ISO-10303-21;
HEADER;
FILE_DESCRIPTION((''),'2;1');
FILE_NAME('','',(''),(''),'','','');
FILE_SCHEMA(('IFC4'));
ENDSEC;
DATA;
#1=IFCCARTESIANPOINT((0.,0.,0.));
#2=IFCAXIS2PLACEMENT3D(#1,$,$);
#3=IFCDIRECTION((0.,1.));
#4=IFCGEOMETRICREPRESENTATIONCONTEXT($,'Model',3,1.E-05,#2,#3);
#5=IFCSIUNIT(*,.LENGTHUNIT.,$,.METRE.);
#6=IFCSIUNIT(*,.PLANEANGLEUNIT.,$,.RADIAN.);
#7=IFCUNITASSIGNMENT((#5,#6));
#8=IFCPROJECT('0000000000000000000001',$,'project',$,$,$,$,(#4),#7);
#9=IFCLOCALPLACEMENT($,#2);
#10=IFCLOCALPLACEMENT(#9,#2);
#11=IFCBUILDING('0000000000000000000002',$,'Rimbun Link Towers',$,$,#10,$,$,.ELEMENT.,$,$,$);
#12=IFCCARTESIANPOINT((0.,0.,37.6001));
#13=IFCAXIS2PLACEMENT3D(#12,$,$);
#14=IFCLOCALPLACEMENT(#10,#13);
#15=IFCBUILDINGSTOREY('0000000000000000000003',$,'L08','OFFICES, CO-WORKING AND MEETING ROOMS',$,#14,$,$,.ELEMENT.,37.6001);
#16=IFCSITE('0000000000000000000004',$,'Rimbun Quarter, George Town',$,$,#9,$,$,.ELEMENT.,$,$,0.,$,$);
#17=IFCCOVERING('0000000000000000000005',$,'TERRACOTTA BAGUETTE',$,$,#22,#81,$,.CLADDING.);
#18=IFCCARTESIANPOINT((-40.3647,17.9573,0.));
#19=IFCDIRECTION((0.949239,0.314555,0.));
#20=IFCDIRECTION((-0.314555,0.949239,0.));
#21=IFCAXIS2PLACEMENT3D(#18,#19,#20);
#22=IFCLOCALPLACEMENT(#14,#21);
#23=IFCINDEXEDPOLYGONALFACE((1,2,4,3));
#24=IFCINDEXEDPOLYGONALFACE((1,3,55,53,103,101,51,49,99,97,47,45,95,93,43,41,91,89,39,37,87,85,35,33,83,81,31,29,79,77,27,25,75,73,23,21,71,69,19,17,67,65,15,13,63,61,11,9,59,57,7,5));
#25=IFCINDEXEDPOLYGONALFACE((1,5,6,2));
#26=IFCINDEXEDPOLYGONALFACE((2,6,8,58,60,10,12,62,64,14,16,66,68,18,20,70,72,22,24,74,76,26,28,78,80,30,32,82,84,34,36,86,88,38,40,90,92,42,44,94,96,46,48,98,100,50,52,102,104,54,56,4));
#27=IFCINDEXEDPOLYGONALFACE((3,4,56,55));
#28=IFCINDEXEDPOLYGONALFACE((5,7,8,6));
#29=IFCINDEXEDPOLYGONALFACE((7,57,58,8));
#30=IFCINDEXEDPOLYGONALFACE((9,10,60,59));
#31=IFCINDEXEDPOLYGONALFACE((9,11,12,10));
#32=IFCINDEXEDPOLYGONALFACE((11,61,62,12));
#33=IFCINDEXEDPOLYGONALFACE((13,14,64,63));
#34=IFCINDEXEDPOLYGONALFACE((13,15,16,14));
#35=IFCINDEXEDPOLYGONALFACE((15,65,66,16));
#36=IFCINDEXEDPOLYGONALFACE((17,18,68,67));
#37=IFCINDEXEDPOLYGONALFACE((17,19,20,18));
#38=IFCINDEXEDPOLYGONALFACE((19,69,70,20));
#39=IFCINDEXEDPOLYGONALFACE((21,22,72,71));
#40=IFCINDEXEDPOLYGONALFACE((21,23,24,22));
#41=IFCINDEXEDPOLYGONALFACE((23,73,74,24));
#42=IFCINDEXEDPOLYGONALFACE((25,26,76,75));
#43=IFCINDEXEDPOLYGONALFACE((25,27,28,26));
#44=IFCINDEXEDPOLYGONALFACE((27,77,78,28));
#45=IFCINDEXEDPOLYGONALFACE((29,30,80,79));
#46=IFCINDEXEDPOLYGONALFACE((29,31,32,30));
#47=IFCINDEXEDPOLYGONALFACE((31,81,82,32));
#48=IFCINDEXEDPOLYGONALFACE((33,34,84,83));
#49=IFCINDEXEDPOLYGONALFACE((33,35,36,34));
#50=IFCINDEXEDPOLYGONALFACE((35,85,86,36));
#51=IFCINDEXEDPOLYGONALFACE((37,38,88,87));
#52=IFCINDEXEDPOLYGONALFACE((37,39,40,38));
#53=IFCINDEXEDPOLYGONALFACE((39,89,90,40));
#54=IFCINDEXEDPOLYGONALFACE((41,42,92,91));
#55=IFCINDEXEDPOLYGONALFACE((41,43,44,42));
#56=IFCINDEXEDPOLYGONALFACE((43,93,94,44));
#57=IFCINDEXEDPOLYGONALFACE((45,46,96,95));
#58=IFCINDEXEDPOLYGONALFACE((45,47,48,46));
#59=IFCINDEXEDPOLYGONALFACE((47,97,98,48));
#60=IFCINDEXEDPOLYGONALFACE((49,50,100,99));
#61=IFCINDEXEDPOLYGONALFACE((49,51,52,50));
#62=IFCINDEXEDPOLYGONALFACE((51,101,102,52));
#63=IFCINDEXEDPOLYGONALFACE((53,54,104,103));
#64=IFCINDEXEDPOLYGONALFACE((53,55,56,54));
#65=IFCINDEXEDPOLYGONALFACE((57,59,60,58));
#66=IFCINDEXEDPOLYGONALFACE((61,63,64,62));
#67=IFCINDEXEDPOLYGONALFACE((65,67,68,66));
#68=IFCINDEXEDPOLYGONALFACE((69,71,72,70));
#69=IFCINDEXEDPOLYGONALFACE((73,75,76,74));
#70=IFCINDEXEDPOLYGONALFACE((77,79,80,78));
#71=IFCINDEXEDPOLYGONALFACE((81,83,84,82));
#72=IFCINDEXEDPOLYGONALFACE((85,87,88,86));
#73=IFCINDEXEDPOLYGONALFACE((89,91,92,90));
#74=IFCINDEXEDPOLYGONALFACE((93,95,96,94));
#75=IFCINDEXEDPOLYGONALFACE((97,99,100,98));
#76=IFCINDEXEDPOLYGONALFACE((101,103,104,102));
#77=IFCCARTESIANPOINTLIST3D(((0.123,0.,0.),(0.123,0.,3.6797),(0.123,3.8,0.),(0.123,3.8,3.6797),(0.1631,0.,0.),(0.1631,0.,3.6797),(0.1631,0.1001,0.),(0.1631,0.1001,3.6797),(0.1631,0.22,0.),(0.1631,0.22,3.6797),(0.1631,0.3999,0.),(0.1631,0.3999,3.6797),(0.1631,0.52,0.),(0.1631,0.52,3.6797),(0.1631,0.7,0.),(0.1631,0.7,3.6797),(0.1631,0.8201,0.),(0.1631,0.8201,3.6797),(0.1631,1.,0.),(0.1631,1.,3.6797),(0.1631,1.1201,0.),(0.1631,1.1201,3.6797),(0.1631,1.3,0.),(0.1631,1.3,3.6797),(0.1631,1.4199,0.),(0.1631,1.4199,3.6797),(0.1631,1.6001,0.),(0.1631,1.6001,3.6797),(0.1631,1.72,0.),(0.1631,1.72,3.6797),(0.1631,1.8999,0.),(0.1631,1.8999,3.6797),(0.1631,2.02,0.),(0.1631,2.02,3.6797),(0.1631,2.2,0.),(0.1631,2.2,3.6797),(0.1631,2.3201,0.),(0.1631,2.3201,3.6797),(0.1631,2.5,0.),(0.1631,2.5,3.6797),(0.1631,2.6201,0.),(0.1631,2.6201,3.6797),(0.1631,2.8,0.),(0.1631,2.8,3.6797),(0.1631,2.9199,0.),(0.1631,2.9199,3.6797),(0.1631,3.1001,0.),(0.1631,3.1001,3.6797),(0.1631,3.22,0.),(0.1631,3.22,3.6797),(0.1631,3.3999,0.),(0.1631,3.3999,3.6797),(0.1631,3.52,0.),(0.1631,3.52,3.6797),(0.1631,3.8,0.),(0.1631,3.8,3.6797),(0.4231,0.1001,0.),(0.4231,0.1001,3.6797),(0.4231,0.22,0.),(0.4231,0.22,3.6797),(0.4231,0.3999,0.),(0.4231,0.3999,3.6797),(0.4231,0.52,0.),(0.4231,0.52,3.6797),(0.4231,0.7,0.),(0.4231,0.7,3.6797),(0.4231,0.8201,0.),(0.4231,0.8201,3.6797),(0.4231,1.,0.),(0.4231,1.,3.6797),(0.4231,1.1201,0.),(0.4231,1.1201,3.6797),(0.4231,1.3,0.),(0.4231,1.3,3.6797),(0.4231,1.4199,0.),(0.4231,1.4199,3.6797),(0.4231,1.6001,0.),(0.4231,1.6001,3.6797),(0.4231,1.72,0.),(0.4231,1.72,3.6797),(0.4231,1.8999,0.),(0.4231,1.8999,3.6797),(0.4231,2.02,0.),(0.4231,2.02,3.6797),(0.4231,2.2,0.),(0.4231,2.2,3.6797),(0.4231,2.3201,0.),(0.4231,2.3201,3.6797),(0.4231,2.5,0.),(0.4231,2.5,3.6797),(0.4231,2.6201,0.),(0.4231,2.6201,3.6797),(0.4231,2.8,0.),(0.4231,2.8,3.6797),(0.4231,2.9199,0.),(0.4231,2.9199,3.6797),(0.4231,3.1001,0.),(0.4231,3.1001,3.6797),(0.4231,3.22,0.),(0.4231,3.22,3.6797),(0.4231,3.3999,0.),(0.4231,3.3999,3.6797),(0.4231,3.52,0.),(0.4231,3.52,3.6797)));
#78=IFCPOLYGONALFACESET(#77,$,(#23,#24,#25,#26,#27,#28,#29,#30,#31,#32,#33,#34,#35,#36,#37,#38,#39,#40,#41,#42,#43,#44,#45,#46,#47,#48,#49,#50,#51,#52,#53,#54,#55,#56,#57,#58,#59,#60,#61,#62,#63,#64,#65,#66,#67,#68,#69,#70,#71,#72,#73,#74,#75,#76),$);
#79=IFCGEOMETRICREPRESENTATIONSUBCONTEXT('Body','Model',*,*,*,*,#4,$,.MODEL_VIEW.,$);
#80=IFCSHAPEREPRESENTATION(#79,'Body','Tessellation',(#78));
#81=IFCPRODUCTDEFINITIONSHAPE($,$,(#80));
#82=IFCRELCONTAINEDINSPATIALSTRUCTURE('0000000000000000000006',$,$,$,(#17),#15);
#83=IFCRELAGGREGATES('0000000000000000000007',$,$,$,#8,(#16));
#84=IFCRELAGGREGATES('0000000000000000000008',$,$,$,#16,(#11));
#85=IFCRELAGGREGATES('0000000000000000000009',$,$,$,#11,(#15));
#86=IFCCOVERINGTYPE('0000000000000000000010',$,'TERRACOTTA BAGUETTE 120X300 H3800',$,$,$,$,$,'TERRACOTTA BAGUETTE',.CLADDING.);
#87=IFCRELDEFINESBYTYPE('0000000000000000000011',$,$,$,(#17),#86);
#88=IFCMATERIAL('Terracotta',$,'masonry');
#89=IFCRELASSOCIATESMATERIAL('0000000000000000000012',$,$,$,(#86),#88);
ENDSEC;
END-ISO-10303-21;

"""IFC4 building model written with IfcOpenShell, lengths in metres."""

from ifc_helpers import new_model, si_unit, direction, frame, origin, place, context, subcontext, project, spatial, polyline, outline, extrude, material, material_profile, profile_set, type_object, element, save


model = new_model("IFC4")

# Units and contexts
model_context = context("Model", 3, precision=1e-05, world=origin(), true_north=direction((0.0, 1.0)))
body_context = subcontext(model_context, "Body", "Model", "MODEL_VIEW")
ifc_project = project(units=[si_unit("LENGTHUNIT", "METRE"), si_unit("PLANEANGLEUNIT", "RADIAN")], contexts=[model_context])

# Site, building, storey
site_placement = place(None, origin())
site = spatial("IfcSite", under=ifc_project, at=site_placement, Name="Rimbun Quarter, George Town", CompositionType="ELEMENT", RefElevation=0.0)
building_placement = place(site_placement, origin())
building = spatial("IfcBuilding", under=site, at=building_placement, Name="Rimbun Link Towers", CompositionType="ELEMENT")
storey_placement = place(building_placement, frame((0.0, 0.0, 37.6001)))
storey = spatial("IfcBuildingStorey", under=building, at=storey_placement, Name="L08", Description="OFFICES, CO-WORKING AND MEETING ROOMS", CompositionType="ELEMENT", Elevation=37.6001)

# Covering
ifc_material_1 = material(Name="Terracotta", Category="masonry")
ifc_material_profile_1 = material_profile(ifc_material_1, outline(polyline([(0.123, 0.0), (0.1631, 0.0), (0.1631, 0.1001), (0.4231, 0.1001), (0.4231, 0.22), (0.1631, 0.22), (0.1631, 0.3999), (0.4231, 0.3999), (0.4231, 0.52), (0.1631, 0.52), (0.1631, 0.7), (0.4231, 0.7), (0.4231, 0.8201), (0.1631, 0.8201), (0.1631, 1.0), (0.4231, 1.0), (0.4231, 1.1201), (0.1631, 1.1201), (0.1631, 1.3), (0.4231, 1.3), (0.4231, 1.4199), (0.1631, 1.4199), (0.1631, 1.6001), (0.4231, 1.6001), (0.4231, 1.72), (0.1631, 1.72), (0.1631, 1.8999), (0.4231, 1.8999), (0.4231, 2.02), (0.1631, 2.02), (0.1631, 2.2), (0.4231, 2.2), (0.4231, 2.3201), (0.1631, 2.3201), (0.1631, 2.5), (0.4231, 2.5), (0.4231, 2.6201), (0.1631, 2.6201), (0.1631, 2.8), (0.4231, 2.8), (0.4231, 2.9199), (0.1631, 2.9199), (0.1631, 3.1001), (0.4231, 3.1001), (0.4231, 3.22), (0.1631, 3.22), (0.1631, 3.3999), (0.4231, 3.3999), (0.4231, 3.52), (0.1631, 3.52), (0.1631, 3.8), (0.123, 3.8), (0.123, 0.0)])), Name="BAGUETTE 120X300")
ifc_profile_set_1 = profile_set([ifc_material_profile_1], Name="Terracotta")
covering_type = type_object("IfcCoveringType", Name="TERRACOTTA BAGUETTE 120X300 H3800", ElementType="TERRACOTTA BAGUETTE", PredefinedType="CLADDING", material=ifc_profile_set_1)
covering_1_placement = place(storey_placement, frame((-40.3647, 17.9573, 0.0), z_axis=(0.949239, 0.314555, 0.0), x_axis=(-0.314555, 0.949239, 0.0)))
element("IfcCovering", 1, at=covering_1_placement, inside=storey, type_object=covering_type, Name="TERRACOTTA BAGUETTE", PredefinedType="CLADDING", context=body_context, shape_type="SweptSolid", body=[
    extrude(outline(polyline([(0.123, 0.0), (0.1631, 0.0), (0.1631, 0.1001), (0.4231, 0.1001), (0.4231, 0.22), (0.1631, 0.22), (0.1631, 0.3999), (0.4231, 0.3999), (0.4231, 0.52), (0.1631, 0.52), (0.1631, 0.7), (0.4231, 0.7), (0.4231, 0.8201), (0.1631, 0.8201), (0.1631, 1.0), (0.4231, 1.0), (0.4231, 1.1201), (0.1631, 1.1201), (0.1631, 1.3), (0.4231, 1.3), (0.4231, 1.4199), (0.1631, 1.4199), (0.1631, 1.6001), (0.4231, 1.6001), (0.4231, 1.72), (0.1631, 1.72), (0.1631, 1.8999), (0.4231, 1.8999), (0.4231, 2.02), (0.1631, 2.02), (0.1631, 2.2), (0.4231, 2.2), (0.4231, 2.3201), (0.1631, 2.3201), (0.1631, 2.5), (0.4231, 2.5), (0.4231, 2.6201), (0.1631, 2.6201), (0.1631, 2.8), (0.4231, 2.8), (0.4231, 2.9199), (0.1631, 2.9199), (0.1631, 3.1001), (0.4231, 3.1001), (0.4231, 3.22), (0.1631, 3.22), (0.1631, 3.3999), (0.4231, 3.3999), (0.4231, 3.52), (0.1631, 3.52), (0.1631, 3.8), (0.123, 3.8), (0.123, 0.0)])), origin(), (0.0, 0.0, 1.0), 3.6797),
])

save(model, "model.ifc")
